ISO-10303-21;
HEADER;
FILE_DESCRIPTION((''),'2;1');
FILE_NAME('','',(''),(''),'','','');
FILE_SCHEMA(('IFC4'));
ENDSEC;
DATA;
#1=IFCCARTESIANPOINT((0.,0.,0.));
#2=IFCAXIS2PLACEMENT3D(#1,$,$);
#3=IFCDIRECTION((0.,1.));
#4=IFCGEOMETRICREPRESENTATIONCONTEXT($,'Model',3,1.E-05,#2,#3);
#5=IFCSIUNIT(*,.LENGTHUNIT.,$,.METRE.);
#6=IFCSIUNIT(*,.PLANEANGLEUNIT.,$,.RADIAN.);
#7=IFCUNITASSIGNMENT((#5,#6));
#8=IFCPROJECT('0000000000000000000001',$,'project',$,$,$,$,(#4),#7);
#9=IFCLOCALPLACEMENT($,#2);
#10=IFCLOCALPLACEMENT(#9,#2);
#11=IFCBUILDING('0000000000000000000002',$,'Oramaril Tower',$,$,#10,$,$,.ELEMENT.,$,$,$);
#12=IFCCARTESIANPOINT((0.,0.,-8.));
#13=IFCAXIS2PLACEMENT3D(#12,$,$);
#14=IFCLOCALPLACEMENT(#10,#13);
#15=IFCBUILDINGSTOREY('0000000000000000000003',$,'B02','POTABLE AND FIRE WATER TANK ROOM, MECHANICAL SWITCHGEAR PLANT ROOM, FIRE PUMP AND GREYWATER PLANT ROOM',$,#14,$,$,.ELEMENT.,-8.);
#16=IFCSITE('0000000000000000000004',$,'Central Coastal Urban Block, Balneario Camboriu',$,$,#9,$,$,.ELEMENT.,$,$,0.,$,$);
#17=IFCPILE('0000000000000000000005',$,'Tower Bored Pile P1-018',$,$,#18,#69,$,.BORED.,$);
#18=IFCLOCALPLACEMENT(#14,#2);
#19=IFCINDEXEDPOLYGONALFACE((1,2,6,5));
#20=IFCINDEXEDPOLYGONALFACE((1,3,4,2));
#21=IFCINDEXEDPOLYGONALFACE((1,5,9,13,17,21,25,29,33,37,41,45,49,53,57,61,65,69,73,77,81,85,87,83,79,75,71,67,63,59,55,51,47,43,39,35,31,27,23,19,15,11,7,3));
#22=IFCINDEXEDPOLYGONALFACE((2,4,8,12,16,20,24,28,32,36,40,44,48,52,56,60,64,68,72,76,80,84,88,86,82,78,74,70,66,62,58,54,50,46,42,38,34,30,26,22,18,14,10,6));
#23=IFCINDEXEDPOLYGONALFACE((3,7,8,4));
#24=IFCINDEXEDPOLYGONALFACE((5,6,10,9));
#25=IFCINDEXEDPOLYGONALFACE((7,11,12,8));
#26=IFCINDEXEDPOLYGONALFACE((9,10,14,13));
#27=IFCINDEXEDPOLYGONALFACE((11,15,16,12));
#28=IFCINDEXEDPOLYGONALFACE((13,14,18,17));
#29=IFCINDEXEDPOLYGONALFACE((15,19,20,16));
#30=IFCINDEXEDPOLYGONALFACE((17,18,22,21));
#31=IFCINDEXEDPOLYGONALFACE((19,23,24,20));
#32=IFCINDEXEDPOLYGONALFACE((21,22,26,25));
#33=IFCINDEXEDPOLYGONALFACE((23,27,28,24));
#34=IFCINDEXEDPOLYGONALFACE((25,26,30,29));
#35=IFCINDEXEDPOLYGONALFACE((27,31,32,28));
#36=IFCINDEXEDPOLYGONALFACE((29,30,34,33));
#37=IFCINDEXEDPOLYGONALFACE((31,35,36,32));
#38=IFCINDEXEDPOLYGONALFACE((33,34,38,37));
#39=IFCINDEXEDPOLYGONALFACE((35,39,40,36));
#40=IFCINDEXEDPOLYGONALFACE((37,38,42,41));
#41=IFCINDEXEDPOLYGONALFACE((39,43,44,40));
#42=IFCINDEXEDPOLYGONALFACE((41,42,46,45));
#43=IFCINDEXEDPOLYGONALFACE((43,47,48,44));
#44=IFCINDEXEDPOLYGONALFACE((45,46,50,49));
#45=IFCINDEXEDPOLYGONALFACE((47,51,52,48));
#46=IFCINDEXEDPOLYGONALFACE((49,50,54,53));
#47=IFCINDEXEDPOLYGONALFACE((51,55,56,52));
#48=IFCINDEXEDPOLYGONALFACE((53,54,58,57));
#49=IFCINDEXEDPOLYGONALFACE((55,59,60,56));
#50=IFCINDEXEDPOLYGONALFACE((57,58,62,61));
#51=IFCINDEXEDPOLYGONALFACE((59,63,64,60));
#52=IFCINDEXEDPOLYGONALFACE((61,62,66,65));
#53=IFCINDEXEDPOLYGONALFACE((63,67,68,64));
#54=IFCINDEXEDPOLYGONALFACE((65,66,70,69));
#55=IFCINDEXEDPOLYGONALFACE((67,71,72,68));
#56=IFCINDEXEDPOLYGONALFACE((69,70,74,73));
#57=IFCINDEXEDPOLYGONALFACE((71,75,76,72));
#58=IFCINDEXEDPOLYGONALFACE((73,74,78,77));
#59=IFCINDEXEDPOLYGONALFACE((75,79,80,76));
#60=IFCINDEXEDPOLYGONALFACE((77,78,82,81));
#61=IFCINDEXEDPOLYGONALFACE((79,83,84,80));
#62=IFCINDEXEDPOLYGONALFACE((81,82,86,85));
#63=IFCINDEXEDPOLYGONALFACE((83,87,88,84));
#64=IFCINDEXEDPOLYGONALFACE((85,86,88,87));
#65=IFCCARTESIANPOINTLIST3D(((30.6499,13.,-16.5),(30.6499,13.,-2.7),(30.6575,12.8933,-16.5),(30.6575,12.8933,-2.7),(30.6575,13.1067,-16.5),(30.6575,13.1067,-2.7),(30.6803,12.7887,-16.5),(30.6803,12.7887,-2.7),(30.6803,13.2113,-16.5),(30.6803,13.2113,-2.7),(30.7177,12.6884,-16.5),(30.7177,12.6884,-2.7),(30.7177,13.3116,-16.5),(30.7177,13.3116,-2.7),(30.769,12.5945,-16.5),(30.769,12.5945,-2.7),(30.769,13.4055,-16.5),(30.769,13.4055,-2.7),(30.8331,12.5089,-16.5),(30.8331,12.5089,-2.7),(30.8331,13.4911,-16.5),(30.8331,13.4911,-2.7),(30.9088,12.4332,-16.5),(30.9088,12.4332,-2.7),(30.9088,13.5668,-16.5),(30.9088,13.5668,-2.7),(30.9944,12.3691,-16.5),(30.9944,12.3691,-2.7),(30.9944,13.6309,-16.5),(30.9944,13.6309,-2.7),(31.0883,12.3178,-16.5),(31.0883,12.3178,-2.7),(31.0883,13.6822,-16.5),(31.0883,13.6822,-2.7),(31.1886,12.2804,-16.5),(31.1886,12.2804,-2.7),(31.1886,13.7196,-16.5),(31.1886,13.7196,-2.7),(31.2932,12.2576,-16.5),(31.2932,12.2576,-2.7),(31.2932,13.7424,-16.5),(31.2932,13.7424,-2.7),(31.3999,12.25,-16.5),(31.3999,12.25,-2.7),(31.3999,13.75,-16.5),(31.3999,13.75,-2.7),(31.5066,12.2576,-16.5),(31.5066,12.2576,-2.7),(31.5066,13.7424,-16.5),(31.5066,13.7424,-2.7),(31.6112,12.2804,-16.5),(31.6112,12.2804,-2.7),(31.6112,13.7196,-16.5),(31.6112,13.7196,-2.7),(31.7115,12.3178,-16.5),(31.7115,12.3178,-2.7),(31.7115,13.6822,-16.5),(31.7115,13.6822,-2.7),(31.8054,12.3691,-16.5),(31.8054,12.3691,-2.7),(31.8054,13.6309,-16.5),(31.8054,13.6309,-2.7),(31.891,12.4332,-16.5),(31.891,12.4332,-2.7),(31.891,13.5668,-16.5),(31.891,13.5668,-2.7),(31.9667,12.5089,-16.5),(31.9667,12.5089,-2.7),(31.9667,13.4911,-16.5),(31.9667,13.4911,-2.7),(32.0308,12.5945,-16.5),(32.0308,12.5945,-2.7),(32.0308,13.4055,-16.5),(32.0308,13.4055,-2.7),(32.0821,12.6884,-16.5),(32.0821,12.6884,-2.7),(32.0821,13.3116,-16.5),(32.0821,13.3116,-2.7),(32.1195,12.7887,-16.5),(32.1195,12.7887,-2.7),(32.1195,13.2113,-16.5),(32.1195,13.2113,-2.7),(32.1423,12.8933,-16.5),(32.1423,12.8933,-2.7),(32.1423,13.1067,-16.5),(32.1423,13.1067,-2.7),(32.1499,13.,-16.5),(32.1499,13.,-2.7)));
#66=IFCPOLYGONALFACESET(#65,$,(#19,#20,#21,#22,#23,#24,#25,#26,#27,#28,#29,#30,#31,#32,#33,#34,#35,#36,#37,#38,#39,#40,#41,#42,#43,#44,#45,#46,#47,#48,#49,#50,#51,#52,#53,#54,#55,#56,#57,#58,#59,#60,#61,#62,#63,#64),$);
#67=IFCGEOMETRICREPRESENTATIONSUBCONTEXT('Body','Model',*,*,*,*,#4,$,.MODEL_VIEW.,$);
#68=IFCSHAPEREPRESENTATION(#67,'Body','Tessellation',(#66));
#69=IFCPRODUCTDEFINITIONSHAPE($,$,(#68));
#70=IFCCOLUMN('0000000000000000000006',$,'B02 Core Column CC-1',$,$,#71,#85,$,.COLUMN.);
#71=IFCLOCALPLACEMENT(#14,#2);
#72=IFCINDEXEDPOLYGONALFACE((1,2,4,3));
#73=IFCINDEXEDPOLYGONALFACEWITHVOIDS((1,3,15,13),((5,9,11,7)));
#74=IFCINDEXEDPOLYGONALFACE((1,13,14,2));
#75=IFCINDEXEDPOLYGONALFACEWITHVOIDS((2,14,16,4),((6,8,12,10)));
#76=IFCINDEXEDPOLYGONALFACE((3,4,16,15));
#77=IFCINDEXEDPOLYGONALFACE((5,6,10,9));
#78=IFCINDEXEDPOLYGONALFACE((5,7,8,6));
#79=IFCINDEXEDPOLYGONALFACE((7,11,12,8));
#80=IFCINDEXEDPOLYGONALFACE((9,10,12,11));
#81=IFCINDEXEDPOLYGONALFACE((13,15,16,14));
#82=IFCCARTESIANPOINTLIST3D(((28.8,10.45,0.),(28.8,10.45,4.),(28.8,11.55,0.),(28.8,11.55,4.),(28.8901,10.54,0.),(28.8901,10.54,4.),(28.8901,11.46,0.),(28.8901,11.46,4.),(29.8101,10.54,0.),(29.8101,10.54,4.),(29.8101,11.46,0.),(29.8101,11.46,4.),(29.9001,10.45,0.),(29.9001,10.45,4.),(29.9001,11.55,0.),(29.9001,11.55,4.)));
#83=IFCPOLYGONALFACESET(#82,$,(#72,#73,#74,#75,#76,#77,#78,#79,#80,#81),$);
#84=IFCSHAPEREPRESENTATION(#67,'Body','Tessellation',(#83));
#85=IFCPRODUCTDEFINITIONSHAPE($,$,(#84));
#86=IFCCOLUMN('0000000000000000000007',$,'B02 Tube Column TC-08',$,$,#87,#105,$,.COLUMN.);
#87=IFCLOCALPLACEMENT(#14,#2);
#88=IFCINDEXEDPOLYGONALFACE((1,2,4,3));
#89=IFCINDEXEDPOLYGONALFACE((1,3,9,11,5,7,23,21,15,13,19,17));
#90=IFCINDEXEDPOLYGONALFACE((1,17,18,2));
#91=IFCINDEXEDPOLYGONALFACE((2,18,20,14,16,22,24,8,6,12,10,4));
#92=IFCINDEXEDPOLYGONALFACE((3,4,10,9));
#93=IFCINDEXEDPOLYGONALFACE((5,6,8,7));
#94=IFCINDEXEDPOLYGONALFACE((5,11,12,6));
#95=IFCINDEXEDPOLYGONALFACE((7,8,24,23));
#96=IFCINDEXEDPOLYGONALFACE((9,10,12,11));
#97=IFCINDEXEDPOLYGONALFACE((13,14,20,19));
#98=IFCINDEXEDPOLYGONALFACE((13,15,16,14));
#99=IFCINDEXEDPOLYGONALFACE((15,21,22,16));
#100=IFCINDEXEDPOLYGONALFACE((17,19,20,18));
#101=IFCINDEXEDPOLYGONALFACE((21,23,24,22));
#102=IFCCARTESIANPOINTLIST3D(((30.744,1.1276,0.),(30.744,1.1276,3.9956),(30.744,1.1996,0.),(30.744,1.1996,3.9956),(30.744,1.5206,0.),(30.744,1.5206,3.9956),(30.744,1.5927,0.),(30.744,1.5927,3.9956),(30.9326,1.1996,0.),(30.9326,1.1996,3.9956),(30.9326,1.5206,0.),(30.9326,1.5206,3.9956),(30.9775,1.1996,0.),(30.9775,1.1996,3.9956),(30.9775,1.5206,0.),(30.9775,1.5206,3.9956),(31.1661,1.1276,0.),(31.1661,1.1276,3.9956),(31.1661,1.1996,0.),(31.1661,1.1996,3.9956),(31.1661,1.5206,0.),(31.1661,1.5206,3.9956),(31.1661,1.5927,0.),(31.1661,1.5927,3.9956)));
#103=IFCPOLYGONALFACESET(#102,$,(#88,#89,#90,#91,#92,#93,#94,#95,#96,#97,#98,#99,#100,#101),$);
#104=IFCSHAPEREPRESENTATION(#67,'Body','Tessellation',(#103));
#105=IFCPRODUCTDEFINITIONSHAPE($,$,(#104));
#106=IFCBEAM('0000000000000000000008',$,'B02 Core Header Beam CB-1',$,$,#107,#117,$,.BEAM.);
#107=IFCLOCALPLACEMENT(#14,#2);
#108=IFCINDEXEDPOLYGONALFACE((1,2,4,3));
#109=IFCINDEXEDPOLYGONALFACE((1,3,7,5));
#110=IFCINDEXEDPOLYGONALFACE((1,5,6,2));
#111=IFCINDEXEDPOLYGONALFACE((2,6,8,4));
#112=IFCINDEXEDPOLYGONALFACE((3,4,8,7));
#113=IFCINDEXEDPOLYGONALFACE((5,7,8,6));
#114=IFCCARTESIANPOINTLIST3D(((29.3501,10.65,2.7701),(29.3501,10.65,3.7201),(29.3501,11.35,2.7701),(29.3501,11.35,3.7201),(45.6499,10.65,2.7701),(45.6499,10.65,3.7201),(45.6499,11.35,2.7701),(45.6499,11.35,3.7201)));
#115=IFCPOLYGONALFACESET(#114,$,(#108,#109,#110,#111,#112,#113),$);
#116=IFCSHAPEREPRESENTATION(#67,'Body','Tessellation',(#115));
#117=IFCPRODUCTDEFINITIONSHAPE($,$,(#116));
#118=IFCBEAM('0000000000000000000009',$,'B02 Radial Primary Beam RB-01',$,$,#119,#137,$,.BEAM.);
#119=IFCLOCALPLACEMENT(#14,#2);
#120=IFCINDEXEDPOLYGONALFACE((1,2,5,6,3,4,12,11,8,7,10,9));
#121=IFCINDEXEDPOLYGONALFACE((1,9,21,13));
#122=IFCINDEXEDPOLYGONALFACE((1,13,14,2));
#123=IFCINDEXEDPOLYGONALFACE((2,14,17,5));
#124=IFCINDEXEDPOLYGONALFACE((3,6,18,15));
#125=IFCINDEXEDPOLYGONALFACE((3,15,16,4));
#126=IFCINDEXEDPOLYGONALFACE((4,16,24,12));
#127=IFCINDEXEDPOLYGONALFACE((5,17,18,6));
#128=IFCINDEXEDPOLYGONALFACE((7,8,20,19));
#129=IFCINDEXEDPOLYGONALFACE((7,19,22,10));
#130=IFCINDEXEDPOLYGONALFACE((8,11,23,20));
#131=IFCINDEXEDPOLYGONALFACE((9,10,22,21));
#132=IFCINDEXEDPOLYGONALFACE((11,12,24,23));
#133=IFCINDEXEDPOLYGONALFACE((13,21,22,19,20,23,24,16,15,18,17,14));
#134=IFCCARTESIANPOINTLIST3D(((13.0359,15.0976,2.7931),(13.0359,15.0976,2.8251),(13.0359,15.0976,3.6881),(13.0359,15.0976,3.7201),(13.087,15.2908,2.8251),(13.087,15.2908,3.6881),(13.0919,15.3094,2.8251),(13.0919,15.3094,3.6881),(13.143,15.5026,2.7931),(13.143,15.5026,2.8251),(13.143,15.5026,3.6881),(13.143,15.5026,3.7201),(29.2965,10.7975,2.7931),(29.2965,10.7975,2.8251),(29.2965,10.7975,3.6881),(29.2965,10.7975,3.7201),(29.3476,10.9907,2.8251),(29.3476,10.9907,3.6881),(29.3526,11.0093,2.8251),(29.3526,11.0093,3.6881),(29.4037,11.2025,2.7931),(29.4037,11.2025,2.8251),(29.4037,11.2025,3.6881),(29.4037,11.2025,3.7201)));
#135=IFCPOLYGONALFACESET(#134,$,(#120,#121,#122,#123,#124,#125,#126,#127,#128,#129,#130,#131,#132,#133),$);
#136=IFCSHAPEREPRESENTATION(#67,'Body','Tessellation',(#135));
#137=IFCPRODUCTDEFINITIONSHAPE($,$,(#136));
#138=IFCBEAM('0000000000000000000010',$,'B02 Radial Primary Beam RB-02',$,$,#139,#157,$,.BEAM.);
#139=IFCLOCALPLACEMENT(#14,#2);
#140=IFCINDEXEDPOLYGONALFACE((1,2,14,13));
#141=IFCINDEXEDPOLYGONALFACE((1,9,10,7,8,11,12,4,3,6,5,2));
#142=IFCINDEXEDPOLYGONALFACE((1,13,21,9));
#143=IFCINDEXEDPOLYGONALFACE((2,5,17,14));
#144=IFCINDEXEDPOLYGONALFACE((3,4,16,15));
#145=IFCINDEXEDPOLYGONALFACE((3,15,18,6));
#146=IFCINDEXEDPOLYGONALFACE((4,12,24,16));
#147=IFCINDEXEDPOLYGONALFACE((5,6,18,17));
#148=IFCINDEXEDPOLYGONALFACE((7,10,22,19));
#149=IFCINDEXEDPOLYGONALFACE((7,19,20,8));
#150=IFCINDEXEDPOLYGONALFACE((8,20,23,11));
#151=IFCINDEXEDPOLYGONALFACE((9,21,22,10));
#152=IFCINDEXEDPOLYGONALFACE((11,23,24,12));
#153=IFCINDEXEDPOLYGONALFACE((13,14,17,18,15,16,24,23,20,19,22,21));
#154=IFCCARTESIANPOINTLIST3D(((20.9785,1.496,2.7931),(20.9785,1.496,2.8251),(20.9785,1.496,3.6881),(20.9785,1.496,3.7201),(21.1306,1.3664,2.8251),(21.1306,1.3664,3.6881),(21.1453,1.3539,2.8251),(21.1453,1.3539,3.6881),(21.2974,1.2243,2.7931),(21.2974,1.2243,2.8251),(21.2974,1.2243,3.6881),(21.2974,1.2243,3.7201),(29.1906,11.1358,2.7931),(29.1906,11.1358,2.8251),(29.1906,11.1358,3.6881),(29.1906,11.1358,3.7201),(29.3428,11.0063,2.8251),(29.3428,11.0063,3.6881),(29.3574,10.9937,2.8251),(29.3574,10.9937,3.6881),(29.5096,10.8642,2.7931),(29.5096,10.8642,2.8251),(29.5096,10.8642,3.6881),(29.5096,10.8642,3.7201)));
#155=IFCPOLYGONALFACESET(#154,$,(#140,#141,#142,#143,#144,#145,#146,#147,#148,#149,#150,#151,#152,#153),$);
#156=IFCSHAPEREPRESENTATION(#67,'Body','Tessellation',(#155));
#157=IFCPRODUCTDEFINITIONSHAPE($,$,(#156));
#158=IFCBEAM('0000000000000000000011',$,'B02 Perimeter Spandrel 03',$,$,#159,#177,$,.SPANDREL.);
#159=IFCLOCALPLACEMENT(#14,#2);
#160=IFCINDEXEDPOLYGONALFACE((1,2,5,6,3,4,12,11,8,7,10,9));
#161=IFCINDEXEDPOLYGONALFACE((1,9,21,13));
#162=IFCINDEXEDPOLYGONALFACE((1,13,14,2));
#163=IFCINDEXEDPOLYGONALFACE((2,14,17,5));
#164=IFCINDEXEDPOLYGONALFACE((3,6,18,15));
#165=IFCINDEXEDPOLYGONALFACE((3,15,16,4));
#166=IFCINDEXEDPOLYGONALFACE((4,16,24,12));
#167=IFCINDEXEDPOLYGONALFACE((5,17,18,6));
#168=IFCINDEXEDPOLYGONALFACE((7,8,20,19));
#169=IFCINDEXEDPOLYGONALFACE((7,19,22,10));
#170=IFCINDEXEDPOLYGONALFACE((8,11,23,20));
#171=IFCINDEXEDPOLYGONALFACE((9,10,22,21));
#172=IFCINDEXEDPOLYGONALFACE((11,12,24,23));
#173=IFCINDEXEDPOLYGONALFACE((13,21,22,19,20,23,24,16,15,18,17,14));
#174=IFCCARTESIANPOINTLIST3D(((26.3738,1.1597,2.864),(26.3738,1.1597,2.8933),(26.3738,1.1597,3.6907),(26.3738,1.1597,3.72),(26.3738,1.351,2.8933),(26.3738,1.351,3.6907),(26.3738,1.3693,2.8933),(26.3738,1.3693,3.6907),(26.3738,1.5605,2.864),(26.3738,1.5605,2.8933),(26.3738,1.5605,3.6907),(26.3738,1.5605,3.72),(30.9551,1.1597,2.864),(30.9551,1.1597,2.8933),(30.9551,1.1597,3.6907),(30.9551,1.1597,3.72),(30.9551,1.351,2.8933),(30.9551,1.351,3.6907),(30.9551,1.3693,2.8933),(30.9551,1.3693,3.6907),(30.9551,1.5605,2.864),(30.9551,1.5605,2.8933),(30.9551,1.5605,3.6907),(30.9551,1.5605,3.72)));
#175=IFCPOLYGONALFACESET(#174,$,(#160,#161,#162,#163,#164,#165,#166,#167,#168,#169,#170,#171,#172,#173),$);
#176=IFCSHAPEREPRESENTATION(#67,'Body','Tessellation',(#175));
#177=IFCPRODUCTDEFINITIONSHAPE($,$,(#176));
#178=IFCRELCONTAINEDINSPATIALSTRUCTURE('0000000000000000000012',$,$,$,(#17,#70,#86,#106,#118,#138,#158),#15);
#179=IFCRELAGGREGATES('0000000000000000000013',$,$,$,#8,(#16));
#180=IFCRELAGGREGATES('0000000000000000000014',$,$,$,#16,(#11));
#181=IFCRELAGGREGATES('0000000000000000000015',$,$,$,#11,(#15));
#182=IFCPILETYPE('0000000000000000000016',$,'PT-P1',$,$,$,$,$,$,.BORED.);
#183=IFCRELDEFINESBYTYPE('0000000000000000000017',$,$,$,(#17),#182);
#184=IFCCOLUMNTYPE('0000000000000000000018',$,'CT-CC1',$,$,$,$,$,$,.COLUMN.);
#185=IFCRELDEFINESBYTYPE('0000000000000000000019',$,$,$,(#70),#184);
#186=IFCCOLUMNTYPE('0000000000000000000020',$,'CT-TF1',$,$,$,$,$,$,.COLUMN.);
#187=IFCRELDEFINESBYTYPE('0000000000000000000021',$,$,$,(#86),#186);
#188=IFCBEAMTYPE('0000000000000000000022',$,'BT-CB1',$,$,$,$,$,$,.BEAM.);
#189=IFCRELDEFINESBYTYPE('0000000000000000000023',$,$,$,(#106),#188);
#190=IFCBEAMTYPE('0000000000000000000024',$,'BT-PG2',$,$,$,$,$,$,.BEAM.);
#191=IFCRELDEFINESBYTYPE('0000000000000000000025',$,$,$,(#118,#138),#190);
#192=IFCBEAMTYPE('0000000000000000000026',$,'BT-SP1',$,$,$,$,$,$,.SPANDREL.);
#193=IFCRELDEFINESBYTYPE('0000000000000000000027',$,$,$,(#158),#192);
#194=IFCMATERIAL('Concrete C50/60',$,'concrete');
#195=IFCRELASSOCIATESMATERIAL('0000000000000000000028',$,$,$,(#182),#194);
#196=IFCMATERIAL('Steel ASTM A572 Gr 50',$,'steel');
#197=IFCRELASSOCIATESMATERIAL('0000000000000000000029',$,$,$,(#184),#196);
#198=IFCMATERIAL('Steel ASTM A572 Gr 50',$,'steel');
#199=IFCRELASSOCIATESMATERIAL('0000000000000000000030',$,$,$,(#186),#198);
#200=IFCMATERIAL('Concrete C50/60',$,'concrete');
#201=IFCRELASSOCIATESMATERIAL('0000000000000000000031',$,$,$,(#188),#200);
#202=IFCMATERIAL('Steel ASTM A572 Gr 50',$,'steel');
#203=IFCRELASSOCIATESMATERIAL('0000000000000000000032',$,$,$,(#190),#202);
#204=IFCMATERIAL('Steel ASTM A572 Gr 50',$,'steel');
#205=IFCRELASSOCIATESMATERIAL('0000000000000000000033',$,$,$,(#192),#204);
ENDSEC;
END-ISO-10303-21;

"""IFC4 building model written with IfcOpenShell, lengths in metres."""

from ifc_helpers import new_model, si_unit, direction, frame, origin, origin_2d, place, context, subcontext, project, spatial, rectangle, hollow_rectangle, circle, i_section, extrude, material, material_profile, profile_set, type_object, element, save


model = new_model("IFC4")

# Units and contexts
model_context = context("Model", 3, precision=1e-05, world=origin(), true_north=direction((0.0, 1.0)))
body_context = subcontext(model_context, "Body", "Model", "MODEL_VIEW")
ifc_project = project(units=[si_unit("LENGTHUNIT", "METRE"), si_unit("PLANEANGLEUNIT", "RADIAN")], contexts=[model_context])

# Site, building, storey
site_placement = place(None, origin())
site = spatial("IfcSite", under=ifc_project, at=site_placement, Name="Central Coastal Urban Block, Balneario Camboriu", CompositionType="ELEMENT", RefElevation=0.0)
building_placement = place(site_placement, origin())
building = spatial("IfcBuilding", under=site, at=building_placement, Name="Oramaril Tower", CompositionType="ELEMENT")
storey_placement = place(building_placement, frame((0.0, 0.0, -8.0)))
storey = spatial("IfcBuildingStorey", under=building, at=storey_placement, Name="B02", Description="POTABLE AND FIRE WATER TANK ROOM, MECHANICAL SWITCHGEAR PLANT ROOM, FIRE PUMP AND GREYWATER PLANT ROOM", CompositionType="ELEMENT", Elevation=-8.0)

# Pile
ifc_material_1 = material(Name="Concrete C50/60", Category="concrete")
ifc_material_profile_1 = material_profile(ifc_material_1, circle(Radius=0.75, at=origin_2d()), Name="D1500")
ifc_profile_set_1 = profile_set([ifc_material_profile_1], Name="Concrete C50/60")
pile_type = type_object("IfcPileType", Name="PT-P1", PredefinedType="BORED", material=ifc_profile_set_1)
for number, where, z_axis, x_axis, name in (
    (1, (31.3999, 13.0, -2.7), (0.0, 0.0, -1.0), (1.0, 0.0, 0.0), "Tower Bored Pile P1-018"),
):
    element("IfcPile", number, at=place(storey_placement, frame(where, z_axis=z_axis, x_axis=x_axis)), inside=storey, type_object=pile_type, Name=name, PredefinedType="BORED", context=body_context, shape_type="SweptSolid", body=[
        extrude(circle(Radius=0.75, at=origin_2d()), origin(), (0.0, 0.0, 1.0), 13.8),
    ])

# Columns
ifc_material_2 = material(Name="Steel ASTM A572 Gr 50", Category="steel")
ifc_material_profile_2 = material_profile(ifc_material_2, hollow_rectangle(XDim=1.1001, YDim=1.1001, WallThickness=0.0901, at=origin_2d()), Name="BOX1100X1100X90")
ifc_profile_set_2 = profile_set([ifc_material_profile_2], Name="Steel ASTM A572 Gr 50")
column_type_1 = type_object("IfcColumnType", Name="CT-CC1", PredefinedType="COLUMN", material=ifc_profile_set_2)
column_1_placement = place(storey_placement, frame((29.3501, 11.0, 0.0), z_axis=(0.0, 0.0, 1.0), x_axis=(1.0, 0.0, 0.0)))
element("IfcColumn", 2, at=column_1_placement, inside=storey, type_object=column_type_1, Name="B02 Core Column CC-1", PredefinedType="COLUMN", context=body_context, shape_type="SweptSolid", body=[
    extrude(hollow_rectangle(XDim=1.1001, YDim=1.1001, WallThickness=0.0901, at=origin_2d()), origin(), (0.0, 0.0, 1.0), 4.0),
])
ifc_material_3 = material(Name="Steel ASTM A572 Gr 50", Category="steel")
ifc_material_profile_3 = material_profile(ifc_material_3, i_section(OverallWidth=0.4221, OverallDepth=0.4651, WebThickness=0.0449, FlangeThickness=0.072, at=origin_2d()), Name="W14X398")
ifc_profile_set_3 = profile_set([ifc_material_profile_3], Name="Steel ASTM A572 Gr 50")
column_type_2 = type_object("IfcColumnType", Name="CT-TF1", PredefinedType="COLUMN", material=ifc_profile_set_3)
column_2_placement = place(storey_placement, frame((30.9551, 1.3601, 0.0), z_axis=(0.0, 0.0, 1.0), x_axis=(1.0, 0.0, 0.0)))
element("IfcColumn", 3, at=column_2_placement, inside=storey, type_object=column_type_2, Name="B02 Tube Column TC-08", PredefinedType="COLUMN", context=body_context, shape_type="SweptSolid", body=[
    extrude(i_section(OverallWidth=0.4221, OverallDepth=0.4651, WebThickness=0.0449, FlangeThickness=0.072, at=origin_2d()), origin(), (0.0, 0.0, 1.0), 3.9956),
])

# Beams
ifc_material_4 = material(Name="Concrete C50/60", Category="concrete")
ifc_material_profile_4 = material_profile(ifc_material_4, rectangle(XDim=0.7, YDim=0.95, at=origin_2d()), Name="CB700X950")
ifc_profile_set_4 = profile_set([ifc_material_profile_4], Name="Concrete C50/60")
beam_type_1 = type_object("IfcBeamType", Name="BT-CB1", PredefinedType="BEAM", material=ifc_profile_set_4)
beam_1_placement = place(storey_placement, frame((29.3501, 11.0, 3.2451), z_axis=(1.0, 0.0, 0.0), x_axis=(0.0, 1.0, 0.0)))
element("IfcBeam", 4, at=beam_1_placement, inside=storey, type_object=beam_type_1, Name="B02 Core Header Beam CB-1", PredefinedType="BEAM", context=body_context, shape_type="SweptSolid", body=[
    extrude(rectangle(XDim=0.7, YDim=0.95, at=origin_2d()), origin(), (0.0, 0.0, 1.0), 16.2998),
])
ifc_material_5 = material(Name="Steel ASTM A572 Gr 50", Category="steel")
ifc_material_profile_5 = material_profile(ifc_material_5, i_section(OverallWidth=0.4189, OverallDepth=0.927, WebThickness=0.0193, FlangeThickness=0.032, at=origin_2d()), Name="W36X231")
ifc_profile_set_5 = profile_set([ifc_material_profile_5], Name="Steel ASTM A572 Gr 50")
beam_type_2 = type_object("IfcBeamType", Name="BT-PG2", PredefinedType="BEAM", material=ifc_profile_set_5)
beam_2_placement = place(storey_placement, frame((29.3501, 11.0, 3.2566), z_axis=(-0.966767, 0.255659, 0.0), x_axis=(-0.255659, -0.966767, 0.0)))
element("IfcBeam", 5, at=beam_2_placement, inside=storey, type_object=beam_type_2, Name="B02 Radial Primary Beam RB-01", PredefinedType="BEAM", context=body_context, shape_type="SweptSolid", body=[
    extrude(i_section(OverallWidth=0.4189, OverallDepth=0.927, WebThickness=0.0193, FlangeThickness=0.032, at=origin_2d()), origin(), (0.0, 0.0, 1.0), 16.8196),
])
beam_3_placement = place(storey_placement, frame((29.3501, 11.0, 3.2566), z_axis=(-0.648485, -0.761228, 0.0), x_axis=(0.761228, -0.648485, 0.0)))
element("IfcBeam", 6, at=beam_3_placement, inside=storey, type_object=beam_type_2, Name="B02 Radial Primary Beam RB-02", PredefinedType="BEAM", context=body_context, shape_type="SweptSolid", body=[
    extrude(i_section(OverallWidth=0.4189, OverallDepth=0.927, WebThickness=0.0193, FlangeThickness=0.032, at=origin_2d()), origin(), (0.0, 0.0, 1.0), 12.6636),
])
ifc_material_6 = material(Name="Steel ASTM A572 Gr 50", Category="steel")
ifc_material_profile_6 = material_profile(ifc_material_6, i_section(OverallWidth=0.4009, OverallDepth=0.856, WebThickness=0.0183, FlangeThickness=0.0293, at=origin_2d()), Name="W33X201")
ifc_profile_set_6 = profile_set([ifc_material_profile_6], Name="Steel ASTM A572 Gr 50")
beam_type_3 = type_object("IfcBeamType", Name="BT-SP1", PredefinedType="SPANDREL", material=ifc_profile_set_6)
beam_4_placement = place(storey_placement, frame((26.3738, 1.3601, 3.292), z_axis=(1.0, 0.0, 0.0), x_axis=(0.0, 1.0, 0.0)))
element("IfcBeam", 7, at=beam_4_placement, inside=storey, type_object=beam_type_3, Name="B02 Perimeter Spandrel 03", PredefinedType="SPANDREL", context=body_context, shape_type="SweptSolid", body=[
    extrude(i_section(OverallWidth=0.4009, OverallDepth=0.856, WebThickness=0.0183, FlangeThickness=0.0293, at=origin_2d()), origin(), (0.0, 0.0, 1.0), 4.5813),
])

save(model, "model.ifc")
